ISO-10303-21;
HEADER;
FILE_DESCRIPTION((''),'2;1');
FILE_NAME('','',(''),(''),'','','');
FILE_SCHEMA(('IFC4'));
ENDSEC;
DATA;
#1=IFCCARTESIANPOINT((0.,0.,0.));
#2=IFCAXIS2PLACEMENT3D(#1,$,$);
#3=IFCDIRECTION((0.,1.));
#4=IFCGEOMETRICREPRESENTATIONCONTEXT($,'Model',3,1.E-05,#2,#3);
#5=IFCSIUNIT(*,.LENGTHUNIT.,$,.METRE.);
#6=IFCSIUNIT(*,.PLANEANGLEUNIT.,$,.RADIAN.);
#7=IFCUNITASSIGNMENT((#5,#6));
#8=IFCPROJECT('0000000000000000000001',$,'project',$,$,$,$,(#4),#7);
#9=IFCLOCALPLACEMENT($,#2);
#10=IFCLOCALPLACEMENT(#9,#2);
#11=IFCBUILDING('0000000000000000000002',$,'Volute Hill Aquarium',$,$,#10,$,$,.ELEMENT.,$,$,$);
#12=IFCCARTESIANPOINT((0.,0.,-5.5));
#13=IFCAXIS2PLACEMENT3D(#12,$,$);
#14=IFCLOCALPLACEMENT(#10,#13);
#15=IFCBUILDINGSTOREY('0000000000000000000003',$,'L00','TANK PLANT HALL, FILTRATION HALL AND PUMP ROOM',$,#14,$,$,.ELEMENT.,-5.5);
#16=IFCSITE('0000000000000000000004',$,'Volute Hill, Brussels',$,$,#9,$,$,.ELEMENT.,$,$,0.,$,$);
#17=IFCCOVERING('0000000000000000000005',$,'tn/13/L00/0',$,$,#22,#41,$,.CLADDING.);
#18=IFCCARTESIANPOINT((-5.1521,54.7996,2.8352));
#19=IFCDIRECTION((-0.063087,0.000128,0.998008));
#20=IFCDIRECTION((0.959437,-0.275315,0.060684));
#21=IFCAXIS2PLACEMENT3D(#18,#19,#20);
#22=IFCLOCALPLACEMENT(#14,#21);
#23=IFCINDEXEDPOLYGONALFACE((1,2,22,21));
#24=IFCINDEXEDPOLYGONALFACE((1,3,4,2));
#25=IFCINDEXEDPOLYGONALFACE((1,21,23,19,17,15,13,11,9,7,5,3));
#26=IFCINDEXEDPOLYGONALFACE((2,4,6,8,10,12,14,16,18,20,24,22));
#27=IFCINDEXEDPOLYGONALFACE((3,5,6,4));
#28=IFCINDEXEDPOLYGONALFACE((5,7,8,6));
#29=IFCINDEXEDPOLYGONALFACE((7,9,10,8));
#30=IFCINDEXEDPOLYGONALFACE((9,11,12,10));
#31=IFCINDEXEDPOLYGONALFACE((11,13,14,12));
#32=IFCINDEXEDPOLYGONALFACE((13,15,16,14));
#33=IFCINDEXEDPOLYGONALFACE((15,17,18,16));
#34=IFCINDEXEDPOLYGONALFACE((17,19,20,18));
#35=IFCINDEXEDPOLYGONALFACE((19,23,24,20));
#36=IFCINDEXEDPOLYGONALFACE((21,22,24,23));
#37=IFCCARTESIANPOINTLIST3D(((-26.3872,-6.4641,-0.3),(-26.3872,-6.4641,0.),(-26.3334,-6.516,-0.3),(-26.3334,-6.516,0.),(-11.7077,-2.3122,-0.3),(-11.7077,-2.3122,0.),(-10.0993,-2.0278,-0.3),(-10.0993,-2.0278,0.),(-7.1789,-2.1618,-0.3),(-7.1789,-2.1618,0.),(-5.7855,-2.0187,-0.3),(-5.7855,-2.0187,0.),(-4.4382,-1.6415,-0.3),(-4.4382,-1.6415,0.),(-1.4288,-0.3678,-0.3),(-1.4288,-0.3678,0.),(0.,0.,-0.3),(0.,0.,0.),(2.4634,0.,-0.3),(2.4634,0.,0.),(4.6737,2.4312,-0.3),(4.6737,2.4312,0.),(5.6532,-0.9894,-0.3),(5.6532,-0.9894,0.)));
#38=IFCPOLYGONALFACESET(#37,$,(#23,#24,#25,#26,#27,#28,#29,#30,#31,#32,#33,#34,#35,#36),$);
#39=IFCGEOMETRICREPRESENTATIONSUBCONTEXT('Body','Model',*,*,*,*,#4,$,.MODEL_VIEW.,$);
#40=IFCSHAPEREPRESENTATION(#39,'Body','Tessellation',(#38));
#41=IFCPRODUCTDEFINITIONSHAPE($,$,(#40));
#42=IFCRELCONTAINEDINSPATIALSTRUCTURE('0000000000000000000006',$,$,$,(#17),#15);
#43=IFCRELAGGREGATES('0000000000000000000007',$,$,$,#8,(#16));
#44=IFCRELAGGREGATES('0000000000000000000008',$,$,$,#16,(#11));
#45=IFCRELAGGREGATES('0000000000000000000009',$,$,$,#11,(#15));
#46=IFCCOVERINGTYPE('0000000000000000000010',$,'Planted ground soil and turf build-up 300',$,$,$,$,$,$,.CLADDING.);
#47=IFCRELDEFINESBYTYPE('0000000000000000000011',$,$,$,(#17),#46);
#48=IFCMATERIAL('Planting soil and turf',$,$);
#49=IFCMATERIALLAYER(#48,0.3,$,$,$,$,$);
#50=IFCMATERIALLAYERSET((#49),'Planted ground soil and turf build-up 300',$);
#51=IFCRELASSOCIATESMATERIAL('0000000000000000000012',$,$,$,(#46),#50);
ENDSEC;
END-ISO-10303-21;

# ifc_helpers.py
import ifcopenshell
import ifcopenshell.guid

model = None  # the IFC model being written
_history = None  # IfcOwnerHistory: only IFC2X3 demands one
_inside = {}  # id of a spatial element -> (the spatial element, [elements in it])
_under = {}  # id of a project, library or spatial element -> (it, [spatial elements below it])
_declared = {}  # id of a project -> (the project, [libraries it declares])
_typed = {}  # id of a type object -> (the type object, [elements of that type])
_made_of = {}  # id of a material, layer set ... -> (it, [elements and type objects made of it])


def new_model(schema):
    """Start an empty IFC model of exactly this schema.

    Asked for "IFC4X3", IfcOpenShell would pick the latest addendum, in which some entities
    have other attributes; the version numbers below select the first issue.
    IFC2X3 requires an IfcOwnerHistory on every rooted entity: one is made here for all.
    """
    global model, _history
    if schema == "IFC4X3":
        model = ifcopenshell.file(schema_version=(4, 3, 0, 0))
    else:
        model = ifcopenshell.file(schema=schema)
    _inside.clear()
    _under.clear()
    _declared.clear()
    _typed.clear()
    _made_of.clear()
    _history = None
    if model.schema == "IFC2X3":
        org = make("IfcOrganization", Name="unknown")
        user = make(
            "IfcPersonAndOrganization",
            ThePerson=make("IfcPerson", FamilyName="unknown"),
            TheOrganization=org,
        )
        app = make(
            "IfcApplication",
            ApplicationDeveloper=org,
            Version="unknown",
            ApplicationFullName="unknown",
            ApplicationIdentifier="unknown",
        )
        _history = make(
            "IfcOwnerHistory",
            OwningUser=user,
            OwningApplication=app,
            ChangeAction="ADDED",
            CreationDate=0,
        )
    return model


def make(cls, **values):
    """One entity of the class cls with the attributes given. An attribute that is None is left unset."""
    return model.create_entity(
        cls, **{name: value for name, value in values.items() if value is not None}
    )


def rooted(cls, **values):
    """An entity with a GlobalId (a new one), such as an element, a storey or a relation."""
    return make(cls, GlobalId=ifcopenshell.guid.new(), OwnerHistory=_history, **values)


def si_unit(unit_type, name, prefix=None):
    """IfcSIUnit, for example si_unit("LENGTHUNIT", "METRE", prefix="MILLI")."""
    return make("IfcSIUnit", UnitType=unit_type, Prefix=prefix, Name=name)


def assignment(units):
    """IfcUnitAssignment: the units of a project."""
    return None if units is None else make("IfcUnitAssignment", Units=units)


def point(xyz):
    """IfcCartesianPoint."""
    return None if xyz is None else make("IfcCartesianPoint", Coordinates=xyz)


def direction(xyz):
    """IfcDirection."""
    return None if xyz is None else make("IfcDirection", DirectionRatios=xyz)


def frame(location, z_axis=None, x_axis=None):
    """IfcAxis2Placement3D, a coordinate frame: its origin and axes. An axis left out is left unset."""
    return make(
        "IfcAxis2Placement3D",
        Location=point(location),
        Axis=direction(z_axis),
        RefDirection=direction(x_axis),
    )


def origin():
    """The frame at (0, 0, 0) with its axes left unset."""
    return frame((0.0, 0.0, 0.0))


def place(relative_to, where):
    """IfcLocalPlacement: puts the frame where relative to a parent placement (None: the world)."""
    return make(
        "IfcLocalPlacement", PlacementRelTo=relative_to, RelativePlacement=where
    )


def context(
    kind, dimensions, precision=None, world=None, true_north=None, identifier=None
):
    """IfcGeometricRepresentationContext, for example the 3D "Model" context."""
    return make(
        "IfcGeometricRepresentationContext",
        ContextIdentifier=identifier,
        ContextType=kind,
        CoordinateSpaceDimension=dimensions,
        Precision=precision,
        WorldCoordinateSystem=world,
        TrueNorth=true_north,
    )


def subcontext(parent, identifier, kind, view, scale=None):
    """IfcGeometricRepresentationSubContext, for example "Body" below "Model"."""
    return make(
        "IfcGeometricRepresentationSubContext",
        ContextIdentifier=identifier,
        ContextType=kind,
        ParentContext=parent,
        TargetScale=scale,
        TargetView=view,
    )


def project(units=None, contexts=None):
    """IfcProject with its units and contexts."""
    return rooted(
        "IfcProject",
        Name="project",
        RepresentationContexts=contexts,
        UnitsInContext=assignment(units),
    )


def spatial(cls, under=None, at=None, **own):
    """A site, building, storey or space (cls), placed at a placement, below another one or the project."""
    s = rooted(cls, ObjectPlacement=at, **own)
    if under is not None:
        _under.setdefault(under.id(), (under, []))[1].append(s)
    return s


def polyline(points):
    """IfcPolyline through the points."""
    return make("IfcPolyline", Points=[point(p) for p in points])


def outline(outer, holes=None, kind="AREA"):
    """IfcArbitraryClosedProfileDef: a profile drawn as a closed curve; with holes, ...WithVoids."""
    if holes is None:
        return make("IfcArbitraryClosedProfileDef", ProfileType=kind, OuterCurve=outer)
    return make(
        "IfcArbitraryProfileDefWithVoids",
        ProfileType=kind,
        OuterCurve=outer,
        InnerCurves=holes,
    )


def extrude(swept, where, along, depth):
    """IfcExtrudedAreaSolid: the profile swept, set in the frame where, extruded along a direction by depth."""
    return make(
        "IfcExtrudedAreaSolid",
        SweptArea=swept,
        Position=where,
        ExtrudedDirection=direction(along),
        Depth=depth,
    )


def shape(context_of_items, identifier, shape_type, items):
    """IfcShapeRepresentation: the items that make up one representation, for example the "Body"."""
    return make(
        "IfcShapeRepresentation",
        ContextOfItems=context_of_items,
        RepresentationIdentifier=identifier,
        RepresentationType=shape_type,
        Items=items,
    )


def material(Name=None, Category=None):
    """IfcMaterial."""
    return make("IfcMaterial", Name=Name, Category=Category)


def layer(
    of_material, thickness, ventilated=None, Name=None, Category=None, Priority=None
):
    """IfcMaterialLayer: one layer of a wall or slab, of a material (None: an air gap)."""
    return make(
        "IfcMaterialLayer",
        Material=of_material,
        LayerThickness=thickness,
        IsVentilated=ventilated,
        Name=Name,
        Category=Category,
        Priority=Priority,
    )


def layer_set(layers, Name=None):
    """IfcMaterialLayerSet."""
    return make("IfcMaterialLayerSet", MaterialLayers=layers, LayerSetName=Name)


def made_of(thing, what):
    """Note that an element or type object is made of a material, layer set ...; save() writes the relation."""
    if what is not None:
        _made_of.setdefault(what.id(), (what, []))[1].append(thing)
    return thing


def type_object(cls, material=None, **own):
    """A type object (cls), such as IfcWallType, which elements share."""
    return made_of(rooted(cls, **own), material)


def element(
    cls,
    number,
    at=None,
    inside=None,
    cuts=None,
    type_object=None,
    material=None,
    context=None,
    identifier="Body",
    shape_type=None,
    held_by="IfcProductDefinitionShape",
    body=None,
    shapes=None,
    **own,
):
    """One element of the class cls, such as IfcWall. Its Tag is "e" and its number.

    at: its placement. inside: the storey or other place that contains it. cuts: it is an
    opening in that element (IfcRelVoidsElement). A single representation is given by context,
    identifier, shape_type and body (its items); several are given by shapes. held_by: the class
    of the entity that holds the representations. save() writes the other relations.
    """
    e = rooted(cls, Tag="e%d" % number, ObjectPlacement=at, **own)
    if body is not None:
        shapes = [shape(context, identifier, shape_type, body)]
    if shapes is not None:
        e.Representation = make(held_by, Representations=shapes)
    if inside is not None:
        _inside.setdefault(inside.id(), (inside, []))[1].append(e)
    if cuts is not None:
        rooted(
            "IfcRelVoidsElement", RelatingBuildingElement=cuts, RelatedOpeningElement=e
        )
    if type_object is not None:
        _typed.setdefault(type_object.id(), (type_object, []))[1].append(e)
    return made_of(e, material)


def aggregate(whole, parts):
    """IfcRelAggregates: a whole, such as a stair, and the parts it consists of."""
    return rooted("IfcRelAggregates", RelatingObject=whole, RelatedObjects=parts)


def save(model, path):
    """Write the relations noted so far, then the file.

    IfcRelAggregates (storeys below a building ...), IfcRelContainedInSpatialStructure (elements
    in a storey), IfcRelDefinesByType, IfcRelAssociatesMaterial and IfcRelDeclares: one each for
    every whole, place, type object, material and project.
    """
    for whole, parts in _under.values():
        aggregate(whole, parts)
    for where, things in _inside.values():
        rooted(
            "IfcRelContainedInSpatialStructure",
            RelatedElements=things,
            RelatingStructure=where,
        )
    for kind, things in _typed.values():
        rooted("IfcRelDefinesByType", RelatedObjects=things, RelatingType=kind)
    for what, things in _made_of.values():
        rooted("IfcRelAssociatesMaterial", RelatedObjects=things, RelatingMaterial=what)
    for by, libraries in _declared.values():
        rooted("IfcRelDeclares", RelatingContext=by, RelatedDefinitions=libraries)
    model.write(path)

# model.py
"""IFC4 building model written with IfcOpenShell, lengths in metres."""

from ifc_helpers import new_model, si_unit, direction, frame, origin, place, context, subcontext, project, spatial, polyline, outline, extrude, material, layer, layer_set, type_object, element, save


model = new_model("IFC4")

# Units and contexts
model_context = context("Model", 3, precision=1e-05, world=origin(), true_north=direction((0.0, 1.0)))
body_context = subcontext(model_context, "Body", "Model", "MODEL_VIEW")
ifc_project = project(units=[si_unit("LENGTHUNIT", "METRE"), si_unit("PLANEANGLEUNIT", "RADIAN")], contexts=[model_context])

# Site, building, storey
site_placement = place(None, origin())
site = spatial("IfcSite", under=ifc_project, at=site_placement, Name="Volute Hill, Brussels", CompositionType="ELEMENT", RefElevation=0.0)
building_placement = place(site_placement, origin())
building = spatial("IfcBuilding", under=site, at=building_placement, Name="Volute Hill Aquarium", CompositionType="ELEMENT")
storey_placement = place(building_placement, frame((0.0, 0.0, -5.5)))
storey = spatial("IfcBuildingStorey", under=building, at=storey_placement, Name="L00", Description="TANK PLANT HALL, FILTRATION HALL AND PUMP ROOM", CompositionType="ELEMENT", Elevation=-5.5)

# Covering
ifc_material_1 = material(Name="Planting soil and turf")
ifc_layer_1 = layer(ifc_material_1, 0.3)
ifc_layer_set_1 = layer_set([ifc_layer_1], Name="Planted ground soil and turf build-up 300")
covering_type_1 = type_object("IfcCoveringType", Name="Planted ground soil and turf build-up 300", PredefinedType="CLADDING", material=ifc_layer_set_1)
covering_1_placement = place(storey_placement, frame((-5.1521, 54.7996, 2.8352), z_axis=(-0.063087, 0.000128, 0.998008), x_axis=(0.959437, -0.275315, 0.060684)))
element("IfcCovering", 1, at=covering_1_placement, inside=storey, type_object=covering_type_1, Name="tn/13/L00/0", PredefinedType="CLADDING", context=body_context, shape_type="SweptSolid", body=[
    extrude(outline(polyline([(0.0, 0.0), (2.4634, 0.0), (5.6532, -0.9894), (4.6737, 2.4312), (-26.3872, -6.4641), (-26.3334, -6.516), (-11.7077, -2.3122), (-10.0993, -2.0278), (-7.1789, -2.1618), (-5.7855, -2.0187), (-4.4382, -1.6415), (-1.4288, -0.3678), (0.0, 0.0)])), origin(), (0.0, 0.0, -1.0), 0.3),
])

save(model, "model.ifc")
